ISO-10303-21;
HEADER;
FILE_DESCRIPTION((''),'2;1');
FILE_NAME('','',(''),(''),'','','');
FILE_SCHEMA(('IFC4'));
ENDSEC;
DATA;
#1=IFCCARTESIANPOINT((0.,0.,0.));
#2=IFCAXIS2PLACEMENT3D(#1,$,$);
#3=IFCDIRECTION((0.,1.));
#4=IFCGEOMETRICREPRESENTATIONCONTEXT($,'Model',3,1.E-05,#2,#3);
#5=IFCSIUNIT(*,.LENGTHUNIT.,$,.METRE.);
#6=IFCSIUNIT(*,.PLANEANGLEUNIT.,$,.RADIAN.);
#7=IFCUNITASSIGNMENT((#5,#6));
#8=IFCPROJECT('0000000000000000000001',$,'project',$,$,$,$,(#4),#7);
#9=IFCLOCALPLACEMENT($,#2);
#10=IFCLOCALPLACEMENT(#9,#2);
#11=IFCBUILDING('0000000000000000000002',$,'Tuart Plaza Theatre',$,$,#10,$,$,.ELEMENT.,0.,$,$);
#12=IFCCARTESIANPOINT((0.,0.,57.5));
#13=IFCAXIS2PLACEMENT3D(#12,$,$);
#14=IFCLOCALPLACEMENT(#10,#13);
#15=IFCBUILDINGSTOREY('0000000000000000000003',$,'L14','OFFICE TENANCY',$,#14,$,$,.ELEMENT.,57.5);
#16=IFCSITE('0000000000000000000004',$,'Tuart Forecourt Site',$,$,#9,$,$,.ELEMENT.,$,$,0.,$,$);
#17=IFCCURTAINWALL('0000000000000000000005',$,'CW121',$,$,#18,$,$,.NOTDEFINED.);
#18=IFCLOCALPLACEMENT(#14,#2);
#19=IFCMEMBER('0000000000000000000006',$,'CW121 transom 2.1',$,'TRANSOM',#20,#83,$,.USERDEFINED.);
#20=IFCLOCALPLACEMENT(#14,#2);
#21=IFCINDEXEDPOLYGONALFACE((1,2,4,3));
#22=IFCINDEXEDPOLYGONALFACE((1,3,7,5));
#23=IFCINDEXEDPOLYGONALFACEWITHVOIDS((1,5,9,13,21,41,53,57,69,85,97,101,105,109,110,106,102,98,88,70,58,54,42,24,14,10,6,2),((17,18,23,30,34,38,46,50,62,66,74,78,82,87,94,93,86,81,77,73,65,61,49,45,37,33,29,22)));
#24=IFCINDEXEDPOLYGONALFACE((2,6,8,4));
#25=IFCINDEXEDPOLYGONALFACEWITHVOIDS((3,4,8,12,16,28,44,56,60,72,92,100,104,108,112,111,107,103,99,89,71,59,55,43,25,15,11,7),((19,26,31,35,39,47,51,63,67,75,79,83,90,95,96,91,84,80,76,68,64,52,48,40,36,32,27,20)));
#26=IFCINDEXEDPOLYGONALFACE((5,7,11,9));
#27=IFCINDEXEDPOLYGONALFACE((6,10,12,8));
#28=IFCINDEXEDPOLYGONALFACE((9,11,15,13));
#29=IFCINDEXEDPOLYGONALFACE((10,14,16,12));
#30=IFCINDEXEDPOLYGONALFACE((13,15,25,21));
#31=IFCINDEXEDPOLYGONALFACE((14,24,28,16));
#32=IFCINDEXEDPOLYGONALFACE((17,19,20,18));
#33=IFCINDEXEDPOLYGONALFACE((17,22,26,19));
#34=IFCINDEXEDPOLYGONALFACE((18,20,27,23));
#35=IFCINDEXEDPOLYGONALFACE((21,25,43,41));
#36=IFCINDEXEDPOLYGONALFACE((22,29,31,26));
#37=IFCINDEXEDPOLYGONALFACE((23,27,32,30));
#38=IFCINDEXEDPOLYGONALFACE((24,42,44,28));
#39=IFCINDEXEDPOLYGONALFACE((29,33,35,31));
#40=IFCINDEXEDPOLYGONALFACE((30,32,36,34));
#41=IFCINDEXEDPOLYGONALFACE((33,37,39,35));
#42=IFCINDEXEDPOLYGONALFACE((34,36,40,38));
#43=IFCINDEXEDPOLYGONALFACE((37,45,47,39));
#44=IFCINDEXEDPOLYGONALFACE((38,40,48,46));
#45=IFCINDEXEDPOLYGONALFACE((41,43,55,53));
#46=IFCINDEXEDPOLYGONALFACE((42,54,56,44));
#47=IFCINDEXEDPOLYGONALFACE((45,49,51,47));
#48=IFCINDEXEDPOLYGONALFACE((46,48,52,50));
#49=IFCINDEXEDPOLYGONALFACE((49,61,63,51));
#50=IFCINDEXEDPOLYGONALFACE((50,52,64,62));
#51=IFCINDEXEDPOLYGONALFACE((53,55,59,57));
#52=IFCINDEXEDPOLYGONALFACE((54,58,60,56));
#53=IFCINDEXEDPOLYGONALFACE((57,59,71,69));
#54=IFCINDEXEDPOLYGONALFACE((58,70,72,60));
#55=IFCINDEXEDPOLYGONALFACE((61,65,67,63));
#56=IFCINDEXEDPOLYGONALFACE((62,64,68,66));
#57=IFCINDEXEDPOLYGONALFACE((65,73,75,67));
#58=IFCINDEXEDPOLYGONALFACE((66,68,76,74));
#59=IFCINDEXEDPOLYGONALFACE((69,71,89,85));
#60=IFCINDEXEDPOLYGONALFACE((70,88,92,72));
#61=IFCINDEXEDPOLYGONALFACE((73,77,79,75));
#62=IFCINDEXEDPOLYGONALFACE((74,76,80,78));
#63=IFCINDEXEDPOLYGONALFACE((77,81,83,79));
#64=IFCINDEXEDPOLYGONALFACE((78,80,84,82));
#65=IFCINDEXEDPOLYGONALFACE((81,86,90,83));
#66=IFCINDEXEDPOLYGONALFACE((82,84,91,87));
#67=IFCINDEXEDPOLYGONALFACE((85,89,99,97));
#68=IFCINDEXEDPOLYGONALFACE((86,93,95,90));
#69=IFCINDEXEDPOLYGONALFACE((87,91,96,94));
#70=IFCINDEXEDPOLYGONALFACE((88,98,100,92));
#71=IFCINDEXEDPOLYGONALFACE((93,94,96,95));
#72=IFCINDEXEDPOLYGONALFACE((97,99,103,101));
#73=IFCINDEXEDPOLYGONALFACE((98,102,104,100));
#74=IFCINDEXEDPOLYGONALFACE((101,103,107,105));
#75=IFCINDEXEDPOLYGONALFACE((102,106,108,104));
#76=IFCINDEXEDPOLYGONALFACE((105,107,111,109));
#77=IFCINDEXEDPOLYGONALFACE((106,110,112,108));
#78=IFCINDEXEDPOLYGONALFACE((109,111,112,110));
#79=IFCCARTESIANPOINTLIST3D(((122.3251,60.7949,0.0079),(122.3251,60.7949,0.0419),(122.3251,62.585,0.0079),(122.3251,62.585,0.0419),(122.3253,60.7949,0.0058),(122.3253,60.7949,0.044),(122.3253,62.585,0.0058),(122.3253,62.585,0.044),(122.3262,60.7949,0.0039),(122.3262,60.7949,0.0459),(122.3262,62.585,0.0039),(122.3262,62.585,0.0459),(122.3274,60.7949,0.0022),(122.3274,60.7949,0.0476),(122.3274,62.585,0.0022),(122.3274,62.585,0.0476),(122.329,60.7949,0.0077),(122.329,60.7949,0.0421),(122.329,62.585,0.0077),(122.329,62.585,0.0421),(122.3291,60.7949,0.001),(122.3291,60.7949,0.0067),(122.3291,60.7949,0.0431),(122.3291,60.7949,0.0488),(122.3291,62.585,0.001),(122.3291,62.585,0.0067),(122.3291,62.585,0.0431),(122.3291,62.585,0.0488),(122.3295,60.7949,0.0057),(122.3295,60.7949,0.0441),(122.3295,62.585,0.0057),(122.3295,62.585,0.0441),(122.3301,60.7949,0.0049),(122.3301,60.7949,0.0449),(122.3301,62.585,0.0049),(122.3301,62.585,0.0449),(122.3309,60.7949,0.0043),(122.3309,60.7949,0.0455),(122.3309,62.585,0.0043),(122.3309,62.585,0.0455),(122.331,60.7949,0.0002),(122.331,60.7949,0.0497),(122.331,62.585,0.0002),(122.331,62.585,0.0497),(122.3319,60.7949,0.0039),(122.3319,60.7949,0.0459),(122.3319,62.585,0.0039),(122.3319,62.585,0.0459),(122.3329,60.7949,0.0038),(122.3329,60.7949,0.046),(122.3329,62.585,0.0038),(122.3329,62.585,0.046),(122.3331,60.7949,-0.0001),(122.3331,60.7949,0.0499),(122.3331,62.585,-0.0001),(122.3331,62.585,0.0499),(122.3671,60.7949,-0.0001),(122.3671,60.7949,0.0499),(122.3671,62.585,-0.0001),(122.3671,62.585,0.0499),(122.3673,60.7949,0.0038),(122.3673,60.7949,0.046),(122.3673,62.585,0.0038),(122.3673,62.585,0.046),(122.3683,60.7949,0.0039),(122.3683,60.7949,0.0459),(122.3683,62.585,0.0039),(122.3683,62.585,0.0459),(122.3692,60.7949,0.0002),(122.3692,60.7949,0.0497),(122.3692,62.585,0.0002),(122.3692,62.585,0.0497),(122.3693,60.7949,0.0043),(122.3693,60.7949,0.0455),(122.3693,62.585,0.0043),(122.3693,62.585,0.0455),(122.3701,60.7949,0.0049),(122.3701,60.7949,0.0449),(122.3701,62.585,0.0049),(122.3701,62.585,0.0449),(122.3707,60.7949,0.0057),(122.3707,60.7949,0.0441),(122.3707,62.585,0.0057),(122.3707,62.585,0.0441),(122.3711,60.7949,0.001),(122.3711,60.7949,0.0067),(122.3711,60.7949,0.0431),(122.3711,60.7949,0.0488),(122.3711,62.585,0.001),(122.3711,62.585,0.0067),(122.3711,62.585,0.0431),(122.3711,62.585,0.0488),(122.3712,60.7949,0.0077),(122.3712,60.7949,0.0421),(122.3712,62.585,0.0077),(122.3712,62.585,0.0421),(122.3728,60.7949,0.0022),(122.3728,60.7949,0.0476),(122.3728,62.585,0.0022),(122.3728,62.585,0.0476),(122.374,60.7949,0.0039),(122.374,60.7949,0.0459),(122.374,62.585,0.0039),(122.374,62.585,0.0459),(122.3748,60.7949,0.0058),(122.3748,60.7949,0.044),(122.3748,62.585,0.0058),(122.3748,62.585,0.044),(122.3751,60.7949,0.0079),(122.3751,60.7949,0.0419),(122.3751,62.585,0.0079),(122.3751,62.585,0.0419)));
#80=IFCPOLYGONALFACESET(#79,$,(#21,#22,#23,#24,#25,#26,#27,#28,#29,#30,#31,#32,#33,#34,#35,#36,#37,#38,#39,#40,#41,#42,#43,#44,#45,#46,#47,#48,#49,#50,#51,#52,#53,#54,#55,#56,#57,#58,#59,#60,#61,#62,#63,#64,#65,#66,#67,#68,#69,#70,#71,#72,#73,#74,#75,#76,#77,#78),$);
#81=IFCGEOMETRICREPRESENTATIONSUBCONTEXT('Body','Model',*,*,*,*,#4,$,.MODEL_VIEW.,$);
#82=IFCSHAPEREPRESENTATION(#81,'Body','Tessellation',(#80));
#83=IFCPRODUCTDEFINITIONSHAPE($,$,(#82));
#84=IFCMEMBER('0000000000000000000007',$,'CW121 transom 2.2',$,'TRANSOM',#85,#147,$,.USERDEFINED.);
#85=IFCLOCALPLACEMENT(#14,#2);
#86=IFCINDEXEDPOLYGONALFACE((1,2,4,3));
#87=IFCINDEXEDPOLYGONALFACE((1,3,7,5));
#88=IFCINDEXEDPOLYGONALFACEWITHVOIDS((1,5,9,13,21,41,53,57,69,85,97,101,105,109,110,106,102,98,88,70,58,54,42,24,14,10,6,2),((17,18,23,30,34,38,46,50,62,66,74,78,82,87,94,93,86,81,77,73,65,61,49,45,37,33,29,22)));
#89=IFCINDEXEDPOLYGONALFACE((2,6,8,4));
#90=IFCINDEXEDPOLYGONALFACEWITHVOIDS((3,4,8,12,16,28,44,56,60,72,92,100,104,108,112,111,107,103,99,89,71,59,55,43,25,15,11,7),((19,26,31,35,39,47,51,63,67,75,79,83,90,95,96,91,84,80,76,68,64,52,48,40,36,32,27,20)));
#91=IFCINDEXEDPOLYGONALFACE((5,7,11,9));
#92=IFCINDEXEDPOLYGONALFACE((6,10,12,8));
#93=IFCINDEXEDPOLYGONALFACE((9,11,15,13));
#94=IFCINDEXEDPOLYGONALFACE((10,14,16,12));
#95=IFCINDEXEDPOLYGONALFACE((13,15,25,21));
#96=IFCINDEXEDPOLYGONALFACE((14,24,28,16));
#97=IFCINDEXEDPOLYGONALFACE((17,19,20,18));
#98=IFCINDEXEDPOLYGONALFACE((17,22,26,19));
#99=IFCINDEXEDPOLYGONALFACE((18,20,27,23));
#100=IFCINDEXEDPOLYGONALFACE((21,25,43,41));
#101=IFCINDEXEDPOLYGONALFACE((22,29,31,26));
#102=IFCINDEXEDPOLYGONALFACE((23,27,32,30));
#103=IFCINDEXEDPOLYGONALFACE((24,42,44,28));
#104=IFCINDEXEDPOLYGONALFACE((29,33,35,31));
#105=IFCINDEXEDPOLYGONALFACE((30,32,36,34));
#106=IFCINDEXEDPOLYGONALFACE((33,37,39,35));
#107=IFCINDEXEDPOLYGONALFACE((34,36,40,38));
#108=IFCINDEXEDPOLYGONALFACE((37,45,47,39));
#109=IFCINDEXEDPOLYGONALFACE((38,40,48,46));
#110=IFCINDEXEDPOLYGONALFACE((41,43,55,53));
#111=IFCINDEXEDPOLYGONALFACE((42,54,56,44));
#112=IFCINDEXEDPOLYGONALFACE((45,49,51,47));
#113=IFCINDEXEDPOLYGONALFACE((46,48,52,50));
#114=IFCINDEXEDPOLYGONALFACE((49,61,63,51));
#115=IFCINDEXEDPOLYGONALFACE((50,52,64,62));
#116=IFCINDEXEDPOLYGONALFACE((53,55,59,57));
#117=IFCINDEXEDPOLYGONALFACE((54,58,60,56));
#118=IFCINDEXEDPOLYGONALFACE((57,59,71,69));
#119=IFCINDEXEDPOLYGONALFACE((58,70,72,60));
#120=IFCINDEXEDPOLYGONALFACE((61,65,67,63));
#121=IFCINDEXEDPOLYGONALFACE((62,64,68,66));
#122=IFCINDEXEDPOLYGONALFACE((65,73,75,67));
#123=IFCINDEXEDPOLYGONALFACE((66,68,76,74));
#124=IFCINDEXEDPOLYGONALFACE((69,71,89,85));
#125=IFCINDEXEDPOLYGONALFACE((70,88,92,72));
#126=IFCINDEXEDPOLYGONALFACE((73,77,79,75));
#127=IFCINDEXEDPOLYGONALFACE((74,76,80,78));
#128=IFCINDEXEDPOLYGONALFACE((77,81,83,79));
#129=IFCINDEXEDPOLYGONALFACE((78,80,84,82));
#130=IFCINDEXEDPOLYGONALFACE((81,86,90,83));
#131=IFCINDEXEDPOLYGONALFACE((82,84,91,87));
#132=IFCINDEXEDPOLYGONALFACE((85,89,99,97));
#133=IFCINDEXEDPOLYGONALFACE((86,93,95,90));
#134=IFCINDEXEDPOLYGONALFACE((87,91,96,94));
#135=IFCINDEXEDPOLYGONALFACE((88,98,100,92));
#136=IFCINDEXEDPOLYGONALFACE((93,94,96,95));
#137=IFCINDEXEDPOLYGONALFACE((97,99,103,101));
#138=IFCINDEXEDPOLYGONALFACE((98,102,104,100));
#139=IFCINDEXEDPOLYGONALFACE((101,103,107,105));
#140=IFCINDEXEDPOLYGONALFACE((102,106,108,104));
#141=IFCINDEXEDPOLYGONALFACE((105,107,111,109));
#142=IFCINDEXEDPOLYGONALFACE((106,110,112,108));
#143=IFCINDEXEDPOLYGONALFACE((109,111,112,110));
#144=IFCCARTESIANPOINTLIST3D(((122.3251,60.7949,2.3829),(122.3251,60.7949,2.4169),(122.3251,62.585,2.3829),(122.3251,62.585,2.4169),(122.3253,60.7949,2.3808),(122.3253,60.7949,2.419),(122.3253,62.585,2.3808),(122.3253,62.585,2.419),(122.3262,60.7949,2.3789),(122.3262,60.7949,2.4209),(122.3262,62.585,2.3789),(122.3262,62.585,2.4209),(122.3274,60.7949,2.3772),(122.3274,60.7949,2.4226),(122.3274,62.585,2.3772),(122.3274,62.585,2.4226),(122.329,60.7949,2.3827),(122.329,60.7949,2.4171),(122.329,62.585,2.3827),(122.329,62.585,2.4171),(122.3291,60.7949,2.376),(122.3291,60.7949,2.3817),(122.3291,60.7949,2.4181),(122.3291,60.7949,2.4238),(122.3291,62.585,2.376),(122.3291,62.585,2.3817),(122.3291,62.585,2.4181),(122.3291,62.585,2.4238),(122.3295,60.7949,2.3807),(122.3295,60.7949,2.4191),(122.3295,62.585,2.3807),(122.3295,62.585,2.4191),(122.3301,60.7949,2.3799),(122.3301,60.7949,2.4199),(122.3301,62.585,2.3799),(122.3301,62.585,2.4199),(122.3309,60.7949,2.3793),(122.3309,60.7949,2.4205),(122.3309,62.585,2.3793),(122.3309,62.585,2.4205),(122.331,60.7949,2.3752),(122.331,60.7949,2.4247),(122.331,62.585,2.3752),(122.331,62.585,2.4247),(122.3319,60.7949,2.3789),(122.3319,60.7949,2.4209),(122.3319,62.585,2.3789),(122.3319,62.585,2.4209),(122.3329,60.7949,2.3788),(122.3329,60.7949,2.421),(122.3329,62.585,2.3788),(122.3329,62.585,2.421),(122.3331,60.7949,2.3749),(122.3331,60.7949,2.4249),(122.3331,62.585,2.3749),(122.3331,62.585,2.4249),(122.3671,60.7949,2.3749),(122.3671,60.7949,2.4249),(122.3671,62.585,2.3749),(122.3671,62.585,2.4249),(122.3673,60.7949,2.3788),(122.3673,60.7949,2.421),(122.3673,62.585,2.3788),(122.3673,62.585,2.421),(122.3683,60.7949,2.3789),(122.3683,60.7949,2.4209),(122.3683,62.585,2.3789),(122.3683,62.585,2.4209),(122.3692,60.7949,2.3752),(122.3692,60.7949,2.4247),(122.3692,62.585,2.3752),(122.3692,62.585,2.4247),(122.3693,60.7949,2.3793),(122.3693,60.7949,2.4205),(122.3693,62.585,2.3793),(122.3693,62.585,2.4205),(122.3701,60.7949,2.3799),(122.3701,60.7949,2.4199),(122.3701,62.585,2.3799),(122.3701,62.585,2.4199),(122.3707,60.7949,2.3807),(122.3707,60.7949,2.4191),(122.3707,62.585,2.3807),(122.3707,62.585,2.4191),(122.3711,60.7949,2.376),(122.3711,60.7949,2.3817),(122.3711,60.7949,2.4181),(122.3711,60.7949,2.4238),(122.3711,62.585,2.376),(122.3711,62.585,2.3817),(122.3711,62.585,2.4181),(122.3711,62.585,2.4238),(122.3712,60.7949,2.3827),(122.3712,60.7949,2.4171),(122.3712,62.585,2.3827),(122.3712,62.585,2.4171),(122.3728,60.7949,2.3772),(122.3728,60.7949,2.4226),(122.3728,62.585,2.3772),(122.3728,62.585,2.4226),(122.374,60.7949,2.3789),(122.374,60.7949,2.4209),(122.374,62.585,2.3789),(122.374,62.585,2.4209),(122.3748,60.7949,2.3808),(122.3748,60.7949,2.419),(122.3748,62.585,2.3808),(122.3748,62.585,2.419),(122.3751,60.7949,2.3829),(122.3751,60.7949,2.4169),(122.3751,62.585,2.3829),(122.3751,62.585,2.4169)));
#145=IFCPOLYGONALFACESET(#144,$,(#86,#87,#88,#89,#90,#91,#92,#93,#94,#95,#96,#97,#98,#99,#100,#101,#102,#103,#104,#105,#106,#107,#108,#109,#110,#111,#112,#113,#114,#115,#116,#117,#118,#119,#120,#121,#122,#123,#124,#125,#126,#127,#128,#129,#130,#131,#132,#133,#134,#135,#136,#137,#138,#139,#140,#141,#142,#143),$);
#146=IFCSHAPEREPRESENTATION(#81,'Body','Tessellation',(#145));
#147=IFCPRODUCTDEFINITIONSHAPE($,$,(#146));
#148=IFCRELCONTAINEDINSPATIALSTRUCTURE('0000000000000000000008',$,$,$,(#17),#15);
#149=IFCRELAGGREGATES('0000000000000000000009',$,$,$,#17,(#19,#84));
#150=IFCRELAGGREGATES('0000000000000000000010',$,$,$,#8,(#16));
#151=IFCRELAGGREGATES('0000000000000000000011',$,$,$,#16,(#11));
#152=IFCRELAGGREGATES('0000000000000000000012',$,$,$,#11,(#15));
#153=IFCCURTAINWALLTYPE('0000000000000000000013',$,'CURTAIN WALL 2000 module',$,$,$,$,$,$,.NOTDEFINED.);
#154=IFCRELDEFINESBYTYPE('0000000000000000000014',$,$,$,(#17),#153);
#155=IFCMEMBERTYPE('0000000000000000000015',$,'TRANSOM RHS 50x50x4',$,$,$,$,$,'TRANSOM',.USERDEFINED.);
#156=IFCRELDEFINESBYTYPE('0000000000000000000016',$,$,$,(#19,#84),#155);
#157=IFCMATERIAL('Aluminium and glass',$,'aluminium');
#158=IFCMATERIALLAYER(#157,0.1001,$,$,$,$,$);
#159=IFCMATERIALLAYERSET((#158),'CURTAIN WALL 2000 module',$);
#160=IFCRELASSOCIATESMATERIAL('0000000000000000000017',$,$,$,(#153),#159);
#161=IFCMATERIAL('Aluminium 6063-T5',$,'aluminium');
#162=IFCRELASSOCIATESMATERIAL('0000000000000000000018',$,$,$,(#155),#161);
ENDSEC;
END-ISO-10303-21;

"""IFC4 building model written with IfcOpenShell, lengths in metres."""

from ifc_helpers import new_model, si_unit, direction, frame, origin, origin_2d, place, context, subcontext, project, spatial, hollow_rectangle, extrude, material, layer, layer_set, material_profile, profile_set, type_object, element, aggregate, save


model = new_model("IFC4")

# Units and contexts
model_context = context("Model", 3, precision=1e-05, world=origin(), true_north=direction((0.0, 1.0)))
body_context = subcontext(model_context, "Body", "Model", "MODEL_VIEW")
ifc_project = project(units=[si_unit("LENGTHUNIT", "METRE"), si_unit("PLANEANGLEUNIT", "RADIAN")], contexts=[model_context])

# Site, building, storey
site_placement = place(None, origin())
site = spatial("IfcSite", under=ifc_project, at=site_placement, Name="Tuart Forecourt Site", CompositionType="ELEMENT", RefElevation=0.0)
building_placement = place(site_placement, origin())
building = spatial("IfcBuilding", under=site, at=building_placement, Name="Tuart Plaza Theatre", CompositionType="ELEMENT", ElevationOfRefHeight=0.0)
storey_placement = place(building_placement, frame((0.0, 0.0, 57.5)))
storey = spatial("IfcBuildingStorey", under=building, at=storey_placement, Name="L14", Description="OFFICE TENANCY", CompositionType="ELEMENT", Elevation=57.5)

# Curtain wall, members
ifc_material_1 = material(Name="Aluminium and glass", Category="aluminium")
ifc_layer_1 = layer(ifc_material_1, 0.1001)
ifc_layer_set_1 = layer_set([ifc_layer_1], Name="CURTAIN WALL 2000 module")
curtain_wall_type = type_object("IfcCurtainWallType", Name="CURTAIN WALL 2000 module", PredefinedType="NOTDEFINED", material=ifc_layer_set_1)
curtain_wall_placement = place(storey_placement, origin())
curtain_wall = element("IfcCurtainWall", 1, at=curtain_wall_placement, inside=storey, type_object=curtain_wall_type, Name="CW121", PredefinedType="NOTDEFINED")
ifc_material_2 = material(Name="Aluminium 6063-T5", Category="aluminium")
ifc_material_profile_1 = material_profile(ifc_material_2, hollow_rectangle(XDim=0.05, YDim=0.05, WallThickness=0.0039, InnerFilletRadius=0.0039, OuterFilletRadius=0.0081, at=origin_2d()), Name="RHS 50x50x4")
ifc_profile_set_1 = profile_set([ifc_material_profile_1], Name="Aluminium 6063-T5")
member_type_1 = type_object("IfcMemberType", Name="TRANSOM RHS 50x50x4", ElementType="TRANSOM", PredefinedType="USERDEFINED", material=ifc_profile_set_1)
member_1_placement = place(storey_placement, frame((122.3501, 62.585, 0.0249), z_axis=(0.0, -1.0, 0.0), x_axis=(1.0, 0.0, 0.0)))
member_1 = element("IfcMember", 2, at=member_1_placement, type_object=member_type_1, Name="CW121 transom 2.1", ObjectType="TRANSOM", PredefinedType="USERDEFINED", context=body_context, shape_type="SweptSolid", body=[
    extrude(hollow_rectangle(XDim=0.05, YDim=0.05, WallThickness=0.0039, InnerFilletRadius=0.0039, OuterFilletRadius=0.0081, at=origin_2d()), origin(), (0.0, 0.0, 1.0), 1.79),
])
member_2_placement = place(storey_placement, frame((122.3501, 62.585, 2.3999), z_axis=(0.0, -1.0, 0.0), x_axis=(1.0, 0.0, 0.0)))
member_2 = element("IfcMember", 3, at=member_2_placement, type_object=member_type_1, Name="CW121 transom 2.2", ObjectType="TRANSOM", PredefinedType="USERDEFINED", context=body_context, shape_type="SweptSolid", body=[
    extrude(hollow_rectangle(XDim=0.05, YDim=0.05, WallThickness=0.0039, InnerFilletRadius=0.0039, OuterFilletRadius=0.0081, at=origin_2d()), origin(), (0.0, 0.0, 1.0), 1.79),
])
aggregate(curtain_wall, [member_1, member_2])

save(model, "model.ifc")
